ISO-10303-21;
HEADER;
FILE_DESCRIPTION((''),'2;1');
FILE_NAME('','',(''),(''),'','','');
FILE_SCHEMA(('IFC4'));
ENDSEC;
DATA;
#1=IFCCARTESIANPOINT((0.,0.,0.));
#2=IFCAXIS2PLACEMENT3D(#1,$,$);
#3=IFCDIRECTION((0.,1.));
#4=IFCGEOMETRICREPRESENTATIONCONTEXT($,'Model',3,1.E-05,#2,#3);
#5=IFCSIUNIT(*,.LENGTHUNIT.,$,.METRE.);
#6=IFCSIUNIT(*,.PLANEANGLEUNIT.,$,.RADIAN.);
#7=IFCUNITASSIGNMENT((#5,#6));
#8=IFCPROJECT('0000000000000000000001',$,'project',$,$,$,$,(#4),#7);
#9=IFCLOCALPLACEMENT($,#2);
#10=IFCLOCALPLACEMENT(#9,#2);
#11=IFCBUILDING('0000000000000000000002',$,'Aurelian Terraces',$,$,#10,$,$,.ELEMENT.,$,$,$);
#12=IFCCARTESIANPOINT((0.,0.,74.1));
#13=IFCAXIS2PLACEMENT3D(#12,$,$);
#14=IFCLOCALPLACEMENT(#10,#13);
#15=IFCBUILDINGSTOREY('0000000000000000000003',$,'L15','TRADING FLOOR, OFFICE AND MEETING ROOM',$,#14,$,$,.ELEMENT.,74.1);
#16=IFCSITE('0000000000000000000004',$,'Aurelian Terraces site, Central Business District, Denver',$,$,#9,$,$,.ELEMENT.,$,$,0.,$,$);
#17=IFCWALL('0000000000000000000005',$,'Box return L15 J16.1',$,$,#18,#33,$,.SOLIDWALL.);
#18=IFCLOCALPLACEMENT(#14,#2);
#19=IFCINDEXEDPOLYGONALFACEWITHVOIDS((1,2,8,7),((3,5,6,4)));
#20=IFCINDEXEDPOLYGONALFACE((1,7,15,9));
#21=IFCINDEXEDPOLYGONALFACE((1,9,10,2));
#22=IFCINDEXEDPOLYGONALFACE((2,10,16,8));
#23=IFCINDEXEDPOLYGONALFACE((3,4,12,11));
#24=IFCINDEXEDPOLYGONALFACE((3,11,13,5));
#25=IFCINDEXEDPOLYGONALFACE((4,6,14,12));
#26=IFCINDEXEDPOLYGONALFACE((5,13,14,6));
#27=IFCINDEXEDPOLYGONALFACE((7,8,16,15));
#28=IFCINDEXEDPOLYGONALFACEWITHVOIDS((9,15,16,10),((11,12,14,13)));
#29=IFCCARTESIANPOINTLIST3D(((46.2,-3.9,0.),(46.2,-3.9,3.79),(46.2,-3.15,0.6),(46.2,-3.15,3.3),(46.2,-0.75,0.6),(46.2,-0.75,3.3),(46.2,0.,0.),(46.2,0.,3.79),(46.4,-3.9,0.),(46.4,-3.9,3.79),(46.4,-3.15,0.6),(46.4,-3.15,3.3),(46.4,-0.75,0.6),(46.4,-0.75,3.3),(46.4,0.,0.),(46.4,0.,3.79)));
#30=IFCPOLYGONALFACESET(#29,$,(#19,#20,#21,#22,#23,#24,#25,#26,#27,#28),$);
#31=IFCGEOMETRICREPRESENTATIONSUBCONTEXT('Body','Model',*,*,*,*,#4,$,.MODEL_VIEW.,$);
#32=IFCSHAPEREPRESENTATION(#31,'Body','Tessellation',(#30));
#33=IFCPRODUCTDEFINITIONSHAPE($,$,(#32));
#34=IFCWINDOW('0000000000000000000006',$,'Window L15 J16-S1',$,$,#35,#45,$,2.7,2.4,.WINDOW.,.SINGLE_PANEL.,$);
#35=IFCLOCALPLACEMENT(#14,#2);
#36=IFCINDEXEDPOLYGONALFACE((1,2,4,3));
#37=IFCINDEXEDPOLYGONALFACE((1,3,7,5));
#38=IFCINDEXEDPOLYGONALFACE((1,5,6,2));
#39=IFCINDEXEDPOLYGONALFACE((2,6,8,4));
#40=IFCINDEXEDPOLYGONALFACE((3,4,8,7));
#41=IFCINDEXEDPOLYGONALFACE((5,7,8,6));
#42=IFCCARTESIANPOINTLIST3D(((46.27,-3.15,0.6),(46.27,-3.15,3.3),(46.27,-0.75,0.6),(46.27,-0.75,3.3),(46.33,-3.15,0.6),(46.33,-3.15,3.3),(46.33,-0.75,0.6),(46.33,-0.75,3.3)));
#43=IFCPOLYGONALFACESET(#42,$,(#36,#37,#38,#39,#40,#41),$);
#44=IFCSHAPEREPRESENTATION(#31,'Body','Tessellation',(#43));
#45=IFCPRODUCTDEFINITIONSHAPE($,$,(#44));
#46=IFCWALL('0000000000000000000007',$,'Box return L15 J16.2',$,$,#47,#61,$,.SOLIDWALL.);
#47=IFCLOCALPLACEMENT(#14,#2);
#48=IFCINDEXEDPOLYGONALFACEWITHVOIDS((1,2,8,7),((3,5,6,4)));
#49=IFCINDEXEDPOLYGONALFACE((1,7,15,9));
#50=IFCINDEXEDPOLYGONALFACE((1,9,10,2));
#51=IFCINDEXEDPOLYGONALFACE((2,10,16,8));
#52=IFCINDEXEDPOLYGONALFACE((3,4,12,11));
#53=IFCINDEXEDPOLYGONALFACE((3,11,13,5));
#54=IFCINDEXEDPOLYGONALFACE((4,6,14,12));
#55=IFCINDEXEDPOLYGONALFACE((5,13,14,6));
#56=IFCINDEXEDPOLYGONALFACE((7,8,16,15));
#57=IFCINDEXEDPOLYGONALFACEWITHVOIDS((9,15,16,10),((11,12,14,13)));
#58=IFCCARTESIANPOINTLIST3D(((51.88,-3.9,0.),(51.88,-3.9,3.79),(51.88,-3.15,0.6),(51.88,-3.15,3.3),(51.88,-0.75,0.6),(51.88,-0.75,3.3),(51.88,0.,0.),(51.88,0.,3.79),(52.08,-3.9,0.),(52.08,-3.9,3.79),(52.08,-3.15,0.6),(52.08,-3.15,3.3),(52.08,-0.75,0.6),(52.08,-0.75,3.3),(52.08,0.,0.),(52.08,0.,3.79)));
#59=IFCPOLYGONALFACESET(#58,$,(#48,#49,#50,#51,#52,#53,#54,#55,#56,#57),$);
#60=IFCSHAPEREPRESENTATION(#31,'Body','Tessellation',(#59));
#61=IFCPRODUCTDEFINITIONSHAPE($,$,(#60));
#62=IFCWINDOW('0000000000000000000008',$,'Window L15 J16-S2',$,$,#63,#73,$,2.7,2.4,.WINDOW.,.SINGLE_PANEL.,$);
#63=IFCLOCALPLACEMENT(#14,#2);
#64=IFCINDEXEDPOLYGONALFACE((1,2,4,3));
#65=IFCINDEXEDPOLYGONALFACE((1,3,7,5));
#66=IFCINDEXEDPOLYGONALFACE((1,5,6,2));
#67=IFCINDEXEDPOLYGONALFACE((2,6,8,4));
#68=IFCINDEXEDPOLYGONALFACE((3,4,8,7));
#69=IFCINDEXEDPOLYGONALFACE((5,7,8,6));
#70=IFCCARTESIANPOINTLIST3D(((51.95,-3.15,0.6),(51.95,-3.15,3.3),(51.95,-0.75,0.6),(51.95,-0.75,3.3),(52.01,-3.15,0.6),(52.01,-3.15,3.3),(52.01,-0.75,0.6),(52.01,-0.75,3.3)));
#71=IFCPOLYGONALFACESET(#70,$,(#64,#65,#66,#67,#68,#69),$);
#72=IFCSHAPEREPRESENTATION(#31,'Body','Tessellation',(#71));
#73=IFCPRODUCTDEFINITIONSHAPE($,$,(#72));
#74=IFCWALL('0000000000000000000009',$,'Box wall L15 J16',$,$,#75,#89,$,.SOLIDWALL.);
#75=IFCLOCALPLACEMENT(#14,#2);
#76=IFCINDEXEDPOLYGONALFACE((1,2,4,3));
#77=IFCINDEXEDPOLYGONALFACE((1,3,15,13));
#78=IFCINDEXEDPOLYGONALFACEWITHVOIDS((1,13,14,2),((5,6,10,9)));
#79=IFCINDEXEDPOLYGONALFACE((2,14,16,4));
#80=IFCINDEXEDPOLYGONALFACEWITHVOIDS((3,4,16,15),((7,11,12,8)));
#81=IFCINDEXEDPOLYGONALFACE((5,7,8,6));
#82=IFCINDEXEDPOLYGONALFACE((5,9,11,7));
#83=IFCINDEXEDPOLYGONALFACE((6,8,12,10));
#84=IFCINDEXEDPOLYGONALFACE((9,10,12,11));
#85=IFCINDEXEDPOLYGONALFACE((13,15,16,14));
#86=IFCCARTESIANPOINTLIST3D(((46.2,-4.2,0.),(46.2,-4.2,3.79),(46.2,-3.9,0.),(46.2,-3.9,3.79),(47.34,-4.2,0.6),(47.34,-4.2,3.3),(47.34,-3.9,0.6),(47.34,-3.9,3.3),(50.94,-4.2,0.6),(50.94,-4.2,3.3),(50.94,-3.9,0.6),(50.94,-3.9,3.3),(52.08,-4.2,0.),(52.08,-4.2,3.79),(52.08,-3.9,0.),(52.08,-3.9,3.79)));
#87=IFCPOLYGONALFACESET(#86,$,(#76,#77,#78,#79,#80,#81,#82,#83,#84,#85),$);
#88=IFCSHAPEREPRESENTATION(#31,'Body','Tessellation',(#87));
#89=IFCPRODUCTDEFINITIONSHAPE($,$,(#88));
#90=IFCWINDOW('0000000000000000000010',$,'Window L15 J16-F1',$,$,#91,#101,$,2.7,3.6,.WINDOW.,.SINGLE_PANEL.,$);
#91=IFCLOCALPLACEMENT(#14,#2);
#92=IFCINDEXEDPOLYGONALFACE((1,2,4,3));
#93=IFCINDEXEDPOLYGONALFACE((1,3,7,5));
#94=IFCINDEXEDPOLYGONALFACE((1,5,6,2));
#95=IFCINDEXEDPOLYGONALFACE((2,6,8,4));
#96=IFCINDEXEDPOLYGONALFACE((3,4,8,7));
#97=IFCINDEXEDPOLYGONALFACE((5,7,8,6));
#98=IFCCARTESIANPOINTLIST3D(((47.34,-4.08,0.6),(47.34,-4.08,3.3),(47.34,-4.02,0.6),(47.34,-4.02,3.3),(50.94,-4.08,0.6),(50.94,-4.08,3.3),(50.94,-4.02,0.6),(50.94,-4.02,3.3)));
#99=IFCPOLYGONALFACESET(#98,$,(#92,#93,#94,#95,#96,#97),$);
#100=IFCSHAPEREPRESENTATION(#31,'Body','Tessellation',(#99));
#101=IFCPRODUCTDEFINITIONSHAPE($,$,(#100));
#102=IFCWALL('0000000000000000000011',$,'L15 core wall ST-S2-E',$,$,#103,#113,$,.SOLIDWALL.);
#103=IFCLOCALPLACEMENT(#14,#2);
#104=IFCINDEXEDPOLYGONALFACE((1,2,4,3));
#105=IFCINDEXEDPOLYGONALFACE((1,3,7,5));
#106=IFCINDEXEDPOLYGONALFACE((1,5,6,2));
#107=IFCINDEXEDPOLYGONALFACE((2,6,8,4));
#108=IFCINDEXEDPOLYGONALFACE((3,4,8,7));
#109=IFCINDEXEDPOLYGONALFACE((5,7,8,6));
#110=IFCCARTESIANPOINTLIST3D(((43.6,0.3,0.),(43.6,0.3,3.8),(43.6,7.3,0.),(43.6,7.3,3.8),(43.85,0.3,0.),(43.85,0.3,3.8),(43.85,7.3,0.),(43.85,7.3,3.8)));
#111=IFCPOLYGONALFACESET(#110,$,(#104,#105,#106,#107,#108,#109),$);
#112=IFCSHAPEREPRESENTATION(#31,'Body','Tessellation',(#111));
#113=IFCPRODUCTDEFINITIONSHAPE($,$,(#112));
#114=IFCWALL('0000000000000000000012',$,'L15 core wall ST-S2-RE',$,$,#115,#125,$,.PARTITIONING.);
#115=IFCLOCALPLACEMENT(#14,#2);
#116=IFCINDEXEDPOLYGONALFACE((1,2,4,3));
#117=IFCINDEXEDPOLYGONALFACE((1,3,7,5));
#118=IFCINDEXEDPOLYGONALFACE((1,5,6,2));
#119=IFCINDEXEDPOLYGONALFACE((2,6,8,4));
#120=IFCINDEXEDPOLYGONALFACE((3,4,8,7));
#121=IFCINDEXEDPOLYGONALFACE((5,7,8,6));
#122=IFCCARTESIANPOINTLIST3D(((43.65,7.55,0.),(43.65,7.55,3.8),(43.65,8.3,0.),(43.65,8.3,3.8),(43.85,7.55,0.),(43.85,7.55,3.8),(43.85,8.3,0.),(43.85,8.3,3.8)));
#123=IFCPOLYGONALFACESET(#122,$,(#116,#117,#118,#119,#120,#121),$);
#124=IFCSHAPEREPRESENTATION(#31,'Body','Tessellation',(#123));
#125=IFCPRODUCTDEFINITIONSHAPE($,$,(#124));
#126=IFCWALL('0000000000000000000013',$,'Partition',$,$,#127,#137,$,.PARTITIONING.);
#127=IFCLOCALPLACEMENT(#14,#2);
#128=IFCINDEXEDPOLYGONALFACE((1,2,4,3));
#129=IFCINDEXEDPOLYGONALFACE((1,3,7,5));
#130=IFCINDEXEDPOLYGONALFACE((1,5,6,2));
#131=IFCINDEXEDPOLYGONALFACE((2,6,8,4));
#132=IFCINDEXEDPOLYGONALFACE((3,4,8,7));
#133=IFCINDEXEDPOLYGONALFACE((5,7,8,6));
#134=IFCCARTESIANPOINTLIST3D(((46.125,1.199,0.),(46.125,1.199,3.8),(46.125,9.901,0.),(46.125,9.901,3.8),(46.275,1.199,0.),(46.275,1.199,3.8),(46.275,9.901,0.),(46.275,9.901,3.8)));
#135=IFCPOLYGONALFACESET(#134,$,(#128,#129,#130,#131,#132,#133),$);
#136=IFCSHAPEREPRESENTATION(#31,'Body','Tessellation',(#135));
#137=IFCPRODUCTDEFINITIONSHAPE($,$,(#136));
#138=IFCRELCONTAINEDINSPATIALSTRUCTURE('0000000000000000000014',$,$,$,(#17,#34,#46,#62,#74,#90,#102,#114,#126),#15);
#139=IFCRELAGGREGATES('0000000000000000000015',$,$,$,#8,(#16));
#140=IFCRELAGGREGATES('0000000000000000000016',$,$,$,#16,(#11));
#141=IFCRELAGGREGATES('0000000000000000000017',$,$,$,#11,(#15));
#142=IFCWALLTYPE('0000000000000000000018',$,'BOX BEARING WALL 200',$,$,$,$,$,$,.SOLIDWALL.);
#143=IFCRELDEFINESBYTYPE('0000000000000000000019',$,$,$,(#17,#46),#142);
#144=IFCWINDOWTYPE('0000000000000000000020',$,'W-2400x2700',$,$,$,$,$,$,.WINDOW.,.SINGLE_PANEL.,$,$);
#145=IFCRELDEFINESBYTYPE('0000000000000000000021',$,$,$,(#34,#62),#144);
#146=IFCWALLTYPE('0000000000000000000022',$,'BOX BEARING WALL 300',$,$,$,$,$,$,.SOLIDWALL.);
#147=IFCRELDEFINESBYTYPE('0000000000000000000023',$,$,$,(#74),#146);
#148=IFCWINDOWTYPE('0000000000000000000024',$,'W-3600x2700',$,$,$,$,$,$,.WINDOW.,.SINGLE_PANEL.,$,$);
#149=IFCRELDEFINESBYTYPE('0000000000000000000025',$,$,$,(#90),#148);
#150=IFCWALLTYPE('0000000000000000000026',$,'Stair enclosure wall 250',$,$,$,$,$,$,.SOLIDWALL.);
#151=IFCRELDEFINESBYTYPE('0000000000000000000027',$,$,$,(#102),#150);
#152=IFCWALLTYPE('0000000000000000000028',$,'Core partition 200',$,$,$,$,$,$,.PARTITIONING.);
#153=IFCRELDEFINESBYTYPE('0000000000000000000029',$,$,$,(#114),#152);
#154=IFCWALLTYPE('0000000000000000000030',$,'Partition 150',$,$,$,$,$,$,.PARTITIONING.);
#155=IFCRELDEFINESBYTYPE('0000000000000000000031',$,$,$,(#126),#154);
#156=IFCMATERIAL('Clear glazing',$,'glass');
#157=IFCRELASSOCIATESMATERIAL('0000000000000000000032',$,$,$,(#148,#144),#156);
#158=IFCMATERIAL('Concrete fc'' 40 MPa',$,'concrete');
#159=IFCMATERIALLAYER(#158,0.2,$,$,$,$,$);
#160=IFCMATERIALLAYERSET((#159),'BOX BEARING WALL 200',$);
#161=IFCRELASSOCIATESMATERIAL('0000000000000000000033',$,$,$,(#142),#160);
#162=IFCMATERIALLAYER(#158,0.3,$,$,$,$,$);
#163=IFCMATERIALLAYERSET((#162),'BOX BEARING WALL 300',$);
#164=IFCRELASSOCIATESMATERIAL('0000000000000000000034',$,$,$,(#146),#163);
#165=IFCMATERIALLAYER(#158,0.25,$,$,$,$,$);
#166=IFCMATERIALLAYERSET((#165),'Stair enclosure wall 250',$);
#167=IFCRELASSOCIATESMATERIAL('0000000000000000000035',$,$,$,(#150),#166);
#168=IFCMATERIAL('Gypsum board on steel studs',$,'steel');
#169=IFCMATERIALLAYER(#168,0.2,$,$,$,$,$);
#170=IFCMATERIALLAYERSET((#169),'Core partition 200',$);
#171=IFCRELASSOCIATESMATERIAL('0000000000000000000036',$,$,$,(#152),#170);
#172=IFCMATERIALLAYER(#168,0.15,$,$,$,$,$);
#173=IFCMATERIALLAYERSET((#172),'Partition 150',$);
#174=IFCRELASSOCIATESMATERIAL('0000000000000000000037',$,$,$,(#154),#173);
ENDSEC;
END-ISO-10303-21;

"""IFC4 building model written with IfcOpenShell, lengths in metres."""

from ifc_helpers import new_model, si_unit, direction, frame, frame_2d, origin, place, context, subcontext, project, spatial, rectangle, extrude, source, transform, mapped, material, layer, layer_set, type_object, element, fill, save


model = new_model("IFC4")

# Units and contexts
model_context = context("Model", 3, precision=1e-05, world=origin(), true_north=direction((0.0, 1.0)))
body_context = subcontext(model_context, "Body", "Model", "MODEL_VIEW")
ifc_project = project(units=[si_unit("LENGTHUNIT", "METRE"), si_unit("PLANEANGLEUNIT", "RADIAN")], contexts=[model_context])

# Site, building, storey
site_placement = place(None, origin())
site = spatial("IfcSite", under=ifc_project, at=site_placement, Name="Aurelian Terraces site, Central Business District, Denver", CompositionType="ELEMENT", RefElevation=0.0)
building_placement = place(site_placement, origin())
building = spatial("IfcBuilding", under=site, at=building_placement, Name="Aurelian Terraces", CompositionType="ELEMENT")
storey_placement = place(building_placement, frame((0.0, 0.0, 74.1)))
storey = spatial("IfcBuildingStorey", under=building, at=storey_placement, Name="L15", Description="TRADING FLOOR, OFFICE AND MEETING ROOM", CompositionType="ELEMENT", Elevation=74.1)

# Walls, openings, windows
shared_shape_1 = source(origin(), body_context, "Body", "SweptSolid", [
    extrude(rectangle(XDim=3.6, YDim=2.7, at=frame_2d((1.8, 1.35))), frame((0.0, 0.16, 0.0), z_axis=(0.0, -1.0, 0.0), x_axis=(1.0, 0.0, 0.0)), (0.0, 0.0, 1.0), 0.32),
])
ifc_material_1 = material(Name="Clear glazing", Category="glass")
window_type_1 = type_object("IfcWindowType", Name="W-3600x2700", PartitioningType="SINGLE_PANEL", PredefinedType="WINDOW", material=ifc_material_1)
shared_shape_2 = source(origin(), body_context, "Body", "SweptSolid", [
    extrude(rectangle(XDim=3.6, YDim=2.7, at=frame_2d((1.8, 1.35))), frame((0.0, 0.03, 0.0), z_axis=(0.0, -1.0, 0.0), x_axis=(1.0, 0.0, 0.0)), (0.0, 0.0, 1.0), 0.06),
])
ifc_material_2 = material(Name="Concrete fc' 40 MPa", Category="concrete")
ifc_layer_1 = layer(ifc_material_2, 0.2)
ifc_layer_set_1 = layer_set([ifc_layer_1], Name="BOX BEARING WALL 200")
wall_type_1 = type_object("IfcWallType", Name="BOX BEARING WALL 200", PredefinedType="SOLIDWALL", material=ifc_layer_set_1)
shared_shape_3 = source(origin(), body_context, "Body", "SweptSolid", [
    extrude(rectangle(XDim=3.9, YDim=0.2, at=frame_2d((1.95, 0.0))), origin(), (0.0, 0.0, 1.0), 3.79),
])
wall_1_placement = place(storey_placement, frame((46.3, 0.0, 0.0), z_axis=(0.0, 0.0, 1.0), x_axis=(0.0, -1.0, 0.0)))
wall_1 = element("IfcWall", 1, at=wall_1_placement, inside=storey, type_object=wall_type_1, Name="Box return L15 J16.1", PredefinedType="SOLIDWALL", context=body_context, shape_type="MappedRepresentation", body=[
    mapped(shared_shape_3, transform((0.0, 0.0, 0.0), scale=1.0)),
])
shared_shape_4 = source(origin(), body_context, "Body", "SweptSolid", [
    extrude(rectangle(XDim=2.4, YDim=2.7, at=frame_2d((1.2, 1.35))), frame((0.0, 0.11, 0.0), z_axis=(0.0, -1.0, 0.0), x_axis=(1.0, 0.0, 0.0)), (0.0, 0.0, 1.0), 0.22),
])
opening_1_placement = place(wall_1_placement, frame((0.75, 0.0, 0.6)))
opening_1 = element("IfcOpeningElement", 2, at=opening_1_placement, cuts=wall_1, PredefinedType="OPENING", context=body_context, shape_type="MappedRepresentation", body=[
    mapped(shared_shape_4, transform((0.0, 0.0, 0.0), scale=1.0)),
])
window_type_2 = type_object("IfcWindowType", Name="W-2400x2700", PartitioningType="SINGLE_PANEL", PredefinedType="WINDOW", material=ifc_material_1)
shared_shape_5 = source(origin(), body_context, "Body", "SweptSolid", [
    extrude(rectangle(XDim=2.4, YDim=2.7, at=frame_2d((1.2, 1.35))), frame((0.0, 0.03, 0.0), z_axis=(0.0, -1.0, 0.0), x_axis=(1.0, 0.0, 0.0)), (0.0, 0.0, 1.0), 0.06),
])
window_1_placement = place(opening_1_placement, origin())
window_1 = element("IfcWindow", 3, at=window_1_placement, inside=storey, type_object=window_type_2, Name="Window L15 J16-S1", OverallHeight=2.7, OverallWidth=2.4, PartitioningType="SINGLE_PANEL", PredefinedType="WINDOW", context=body_context, shape_type="MappedRepresentation", body=[
    mapped(shared_shape_5, transform((0.0, 0.0, 0.0), scale=1.0)),
])
fill(opening_1, window_1)
wall_2_placement = place(storey_placement, frame((51.98, 0.0, 0.0), z_axis=(0.0, 0.0, 1.0), x_axis=(0.0, -1.0, 0.0)))
wall_2 = element("IfcWall", 4, at=wall_2_placement, inside=storey, type_object=wall_type_1, Name="Box return L15 J16.2", PredefinedType="SOLIDWALL", context=body_context, shape_type="MappedRepresentation", body=[
    mapped(shared_shape_3, transform((0.0, 0.0, 0.0), scale=1.0)),
])
opening_2_placement = place(wall_2_placement, frame((0.75, 0.0, 0.6)))
opening_2 = element("IfcOpeningElement", 5, at=opening_2_placement, cuts=wall_2, PredefinedType="OPENING", context=body_context, shape_type="MappedRepresentation", body=[
    mapped(shared_shape_4, transform((0.0, 0.0, 0.0), scale=1.0)),
])
window_2_placement = place(opening_2_placement, origin())
window_2 = element("IfcWindow", 6, at=window_2_placement, inside=storey, type_object=window_type_2, Name="Window L15 J16-S2", OverallHeight=2.7, OverallWidth=2.4, PartitioningType="SINGLE_PANEL", PredefinedType="WINDOW", context=body_context, shape_type="MappedRepresentation", body=[
    mapped(shared_shape_5, transform((0.0, 0.0, 0.0), scale=1.0)),
])
fill(opening_2, window_2)
ifc_layer_2 = layer(ifc_material_2, 0.3)
ifc_layer_set_2 = layer_set([ifc_layer_2], Name="BOX BEARING WALL 300")
wall_type_2 = type_object("IfcWallType", Name="BOX BEARING WALL 300", PredefinedType="SOLIDWALL", material=ifc_layer_set_2)
shared_shape_6 = source(origin(), body_context, "Body", "SweptSolid", [
    extrude(rectangle(XDim=5.88, YDim=0.3, at=frame_2d((2.94, 0.0))), origin(), (0.0, 0.0, 1.0), 3.79),
])
wall_3_placement = place(storey_placement, frame((46.2, -4.05, 0.0), z_axis=(0.0, 0.0, 1.0), x_axis=(1.0, 0.0, 0.0)))
wall_3 = element("IfcWall", 7, at=wall_3_placement, inside=storey, type_object=wall_type_2, Name="Box wall L15 J16", PredefinedType="SOLIDWALL", context=body_context, shape_type="MappedRepresentation", body=[
    mapped(shared_shape_6, transform((0.0, 0.0, 0.0), scale=1.0)),
])
opening_3_placement = place(wall_3_placement, frame((1.14, 0.0, 0.6)))
opening_3 = element("IfcOpeningElement", 8, at=opening_3_placement, cuts=wall_3, PredefinedType="OPENING", context=body_context, shape_type="MappedRepresentation", body=[
    mapped(shared_shape_1, transform((0.0, 0.0, 0.0), scale=1.0)),
])
window_3_placement = place(opening_3_placement, origin())
window_3 = element("IfcWindow", 9, at=window_3_placement, inside=storey, type_object=window_type_1, Name="Window L15 J16-F1", OverallHeight=2.7, OverallWidth=3.6, PartitioningType="SINGLE_PANEL", PredefinedType="WINDOW", context=body_context, shape_type="MappedRepresentation", body=[
    mapped(shared_shape_2, transform((0.0, 0.0, 0.0), scale=1.0)),
])
fill(opening_3, window_3)

# Walls
ifc_layer_3 = layer(ifc_material_2, 0.25)
ifc_layer_set_3 = layer_set([ifc_layer_3], Name="Stair enclosure wall 250")
wall_type_3 = type_object("IfcWallType", Name="Stair enclosure wall 250", PredefinedType="SOLIDWALL", material=ifc_layer_set_3)
shared_shape_7 = source(origin(), body_context, "Body", "SweptSolid", [
    extrude(rectangle(XDim=7.0, YDim=0.25, at=frame_2d((3.5, 0.0))), origin(), (0.0, 0.0, 1.0), 3.8),
])
wall_4_placement = place(storey_placement, frame((43.725, 0.3, 0.0), z_axis=(0.0, 0.0, 1.0), x_axis=(0.0, 1.0, 0.0)))
element("IfcWall", 10, at=wall_4_placement, inside=storey, type_object=wall_type_3, Name="L15 core wall ST-S2-E", PredefinedType="SOLIDWALL", context=body_context, shape_type="MappedRepresentation", body=[
    mapped(shared_shape_7, transform((0.0, 0.0, 0.0), scale=1.0)),
])
ifc_material_3 = material(Name="Gypsum board on steel studs", Category="steel")
ifc_layer_4 = layer(ifc_material_3, 0.2)
ifc_layer_set_4 = layer_set([ifc_layer_4], Name="Core partition 200")
wall_type_4 = type_object("IfcWallType", Name="Core partition 200", PredefinedType="PARTITIONING", material=ifc_layer_set_4)
shared_shape_8 = source(origin(), body_context, "Body", "SweptSolid", [
    extrude(rectangle(XDim=0.75, YDim=0.2, at=frame_2d((0.375, 0.0))), origin(), (0.0, 0.0, 1.0), 3.8),
])
wall_5_placement = place(storey_placement, frame((43.75, 7.55, 0.0), z_axis=(0.0, 0.0, 1.0), x_axis=(0.0, 1.0, 0.0)))
element("IfcWall", 11, at=wall_5_placement, inside=storey, type_object=wall_type_4, Name="L15 core wall ST-S2-RE", PredefinedType="PARTITIONING", context=body_context, shape_type="MappedRepresentation", body=[
    mapped(shared_shape_8, transform((0.0, 0.0, 0.0), scale=1.0)),
])
ifc_layer_5 = layer(ifc_material_3, 0.15)
ifc_layer_set_5 = layer_set([ifc_layer_5], Name="Partition 150")
wall_type_5 = type_object("IfcWallType", Name="Partition 150", PredefinedType="PARTITIONING", material=ifc_layer_set_5)
shared_shape_9 = source(origin(), body_context, "Body", "SweptSolid", [
    extrude(rectangle(XDim=8.702, YDim=0.15, at=frame_2d((4.351, 0.0))), origin(), (0.0, 0.0, 1.0), 3.8),
])
wall_6_placement = place(storey_placement, frame((46.2, 1.199, 0.0), z_axis=(0.0, 0.0, 1.0), x_axis=(0.0, 1.0, 0.0)))
element("IfcWall", 12, at=wall_6_placement, inside=storey, type_object=wall_type_5, Name="Partition", PredefinedType="PARTITIONING", context=body_context, shape_type="MappedRepresentation", body=[
    mapped(shared_shape_9, transform((0.0, 0.0, 0.0), scale=1.0)),
])

save(model, "model.ifc")
